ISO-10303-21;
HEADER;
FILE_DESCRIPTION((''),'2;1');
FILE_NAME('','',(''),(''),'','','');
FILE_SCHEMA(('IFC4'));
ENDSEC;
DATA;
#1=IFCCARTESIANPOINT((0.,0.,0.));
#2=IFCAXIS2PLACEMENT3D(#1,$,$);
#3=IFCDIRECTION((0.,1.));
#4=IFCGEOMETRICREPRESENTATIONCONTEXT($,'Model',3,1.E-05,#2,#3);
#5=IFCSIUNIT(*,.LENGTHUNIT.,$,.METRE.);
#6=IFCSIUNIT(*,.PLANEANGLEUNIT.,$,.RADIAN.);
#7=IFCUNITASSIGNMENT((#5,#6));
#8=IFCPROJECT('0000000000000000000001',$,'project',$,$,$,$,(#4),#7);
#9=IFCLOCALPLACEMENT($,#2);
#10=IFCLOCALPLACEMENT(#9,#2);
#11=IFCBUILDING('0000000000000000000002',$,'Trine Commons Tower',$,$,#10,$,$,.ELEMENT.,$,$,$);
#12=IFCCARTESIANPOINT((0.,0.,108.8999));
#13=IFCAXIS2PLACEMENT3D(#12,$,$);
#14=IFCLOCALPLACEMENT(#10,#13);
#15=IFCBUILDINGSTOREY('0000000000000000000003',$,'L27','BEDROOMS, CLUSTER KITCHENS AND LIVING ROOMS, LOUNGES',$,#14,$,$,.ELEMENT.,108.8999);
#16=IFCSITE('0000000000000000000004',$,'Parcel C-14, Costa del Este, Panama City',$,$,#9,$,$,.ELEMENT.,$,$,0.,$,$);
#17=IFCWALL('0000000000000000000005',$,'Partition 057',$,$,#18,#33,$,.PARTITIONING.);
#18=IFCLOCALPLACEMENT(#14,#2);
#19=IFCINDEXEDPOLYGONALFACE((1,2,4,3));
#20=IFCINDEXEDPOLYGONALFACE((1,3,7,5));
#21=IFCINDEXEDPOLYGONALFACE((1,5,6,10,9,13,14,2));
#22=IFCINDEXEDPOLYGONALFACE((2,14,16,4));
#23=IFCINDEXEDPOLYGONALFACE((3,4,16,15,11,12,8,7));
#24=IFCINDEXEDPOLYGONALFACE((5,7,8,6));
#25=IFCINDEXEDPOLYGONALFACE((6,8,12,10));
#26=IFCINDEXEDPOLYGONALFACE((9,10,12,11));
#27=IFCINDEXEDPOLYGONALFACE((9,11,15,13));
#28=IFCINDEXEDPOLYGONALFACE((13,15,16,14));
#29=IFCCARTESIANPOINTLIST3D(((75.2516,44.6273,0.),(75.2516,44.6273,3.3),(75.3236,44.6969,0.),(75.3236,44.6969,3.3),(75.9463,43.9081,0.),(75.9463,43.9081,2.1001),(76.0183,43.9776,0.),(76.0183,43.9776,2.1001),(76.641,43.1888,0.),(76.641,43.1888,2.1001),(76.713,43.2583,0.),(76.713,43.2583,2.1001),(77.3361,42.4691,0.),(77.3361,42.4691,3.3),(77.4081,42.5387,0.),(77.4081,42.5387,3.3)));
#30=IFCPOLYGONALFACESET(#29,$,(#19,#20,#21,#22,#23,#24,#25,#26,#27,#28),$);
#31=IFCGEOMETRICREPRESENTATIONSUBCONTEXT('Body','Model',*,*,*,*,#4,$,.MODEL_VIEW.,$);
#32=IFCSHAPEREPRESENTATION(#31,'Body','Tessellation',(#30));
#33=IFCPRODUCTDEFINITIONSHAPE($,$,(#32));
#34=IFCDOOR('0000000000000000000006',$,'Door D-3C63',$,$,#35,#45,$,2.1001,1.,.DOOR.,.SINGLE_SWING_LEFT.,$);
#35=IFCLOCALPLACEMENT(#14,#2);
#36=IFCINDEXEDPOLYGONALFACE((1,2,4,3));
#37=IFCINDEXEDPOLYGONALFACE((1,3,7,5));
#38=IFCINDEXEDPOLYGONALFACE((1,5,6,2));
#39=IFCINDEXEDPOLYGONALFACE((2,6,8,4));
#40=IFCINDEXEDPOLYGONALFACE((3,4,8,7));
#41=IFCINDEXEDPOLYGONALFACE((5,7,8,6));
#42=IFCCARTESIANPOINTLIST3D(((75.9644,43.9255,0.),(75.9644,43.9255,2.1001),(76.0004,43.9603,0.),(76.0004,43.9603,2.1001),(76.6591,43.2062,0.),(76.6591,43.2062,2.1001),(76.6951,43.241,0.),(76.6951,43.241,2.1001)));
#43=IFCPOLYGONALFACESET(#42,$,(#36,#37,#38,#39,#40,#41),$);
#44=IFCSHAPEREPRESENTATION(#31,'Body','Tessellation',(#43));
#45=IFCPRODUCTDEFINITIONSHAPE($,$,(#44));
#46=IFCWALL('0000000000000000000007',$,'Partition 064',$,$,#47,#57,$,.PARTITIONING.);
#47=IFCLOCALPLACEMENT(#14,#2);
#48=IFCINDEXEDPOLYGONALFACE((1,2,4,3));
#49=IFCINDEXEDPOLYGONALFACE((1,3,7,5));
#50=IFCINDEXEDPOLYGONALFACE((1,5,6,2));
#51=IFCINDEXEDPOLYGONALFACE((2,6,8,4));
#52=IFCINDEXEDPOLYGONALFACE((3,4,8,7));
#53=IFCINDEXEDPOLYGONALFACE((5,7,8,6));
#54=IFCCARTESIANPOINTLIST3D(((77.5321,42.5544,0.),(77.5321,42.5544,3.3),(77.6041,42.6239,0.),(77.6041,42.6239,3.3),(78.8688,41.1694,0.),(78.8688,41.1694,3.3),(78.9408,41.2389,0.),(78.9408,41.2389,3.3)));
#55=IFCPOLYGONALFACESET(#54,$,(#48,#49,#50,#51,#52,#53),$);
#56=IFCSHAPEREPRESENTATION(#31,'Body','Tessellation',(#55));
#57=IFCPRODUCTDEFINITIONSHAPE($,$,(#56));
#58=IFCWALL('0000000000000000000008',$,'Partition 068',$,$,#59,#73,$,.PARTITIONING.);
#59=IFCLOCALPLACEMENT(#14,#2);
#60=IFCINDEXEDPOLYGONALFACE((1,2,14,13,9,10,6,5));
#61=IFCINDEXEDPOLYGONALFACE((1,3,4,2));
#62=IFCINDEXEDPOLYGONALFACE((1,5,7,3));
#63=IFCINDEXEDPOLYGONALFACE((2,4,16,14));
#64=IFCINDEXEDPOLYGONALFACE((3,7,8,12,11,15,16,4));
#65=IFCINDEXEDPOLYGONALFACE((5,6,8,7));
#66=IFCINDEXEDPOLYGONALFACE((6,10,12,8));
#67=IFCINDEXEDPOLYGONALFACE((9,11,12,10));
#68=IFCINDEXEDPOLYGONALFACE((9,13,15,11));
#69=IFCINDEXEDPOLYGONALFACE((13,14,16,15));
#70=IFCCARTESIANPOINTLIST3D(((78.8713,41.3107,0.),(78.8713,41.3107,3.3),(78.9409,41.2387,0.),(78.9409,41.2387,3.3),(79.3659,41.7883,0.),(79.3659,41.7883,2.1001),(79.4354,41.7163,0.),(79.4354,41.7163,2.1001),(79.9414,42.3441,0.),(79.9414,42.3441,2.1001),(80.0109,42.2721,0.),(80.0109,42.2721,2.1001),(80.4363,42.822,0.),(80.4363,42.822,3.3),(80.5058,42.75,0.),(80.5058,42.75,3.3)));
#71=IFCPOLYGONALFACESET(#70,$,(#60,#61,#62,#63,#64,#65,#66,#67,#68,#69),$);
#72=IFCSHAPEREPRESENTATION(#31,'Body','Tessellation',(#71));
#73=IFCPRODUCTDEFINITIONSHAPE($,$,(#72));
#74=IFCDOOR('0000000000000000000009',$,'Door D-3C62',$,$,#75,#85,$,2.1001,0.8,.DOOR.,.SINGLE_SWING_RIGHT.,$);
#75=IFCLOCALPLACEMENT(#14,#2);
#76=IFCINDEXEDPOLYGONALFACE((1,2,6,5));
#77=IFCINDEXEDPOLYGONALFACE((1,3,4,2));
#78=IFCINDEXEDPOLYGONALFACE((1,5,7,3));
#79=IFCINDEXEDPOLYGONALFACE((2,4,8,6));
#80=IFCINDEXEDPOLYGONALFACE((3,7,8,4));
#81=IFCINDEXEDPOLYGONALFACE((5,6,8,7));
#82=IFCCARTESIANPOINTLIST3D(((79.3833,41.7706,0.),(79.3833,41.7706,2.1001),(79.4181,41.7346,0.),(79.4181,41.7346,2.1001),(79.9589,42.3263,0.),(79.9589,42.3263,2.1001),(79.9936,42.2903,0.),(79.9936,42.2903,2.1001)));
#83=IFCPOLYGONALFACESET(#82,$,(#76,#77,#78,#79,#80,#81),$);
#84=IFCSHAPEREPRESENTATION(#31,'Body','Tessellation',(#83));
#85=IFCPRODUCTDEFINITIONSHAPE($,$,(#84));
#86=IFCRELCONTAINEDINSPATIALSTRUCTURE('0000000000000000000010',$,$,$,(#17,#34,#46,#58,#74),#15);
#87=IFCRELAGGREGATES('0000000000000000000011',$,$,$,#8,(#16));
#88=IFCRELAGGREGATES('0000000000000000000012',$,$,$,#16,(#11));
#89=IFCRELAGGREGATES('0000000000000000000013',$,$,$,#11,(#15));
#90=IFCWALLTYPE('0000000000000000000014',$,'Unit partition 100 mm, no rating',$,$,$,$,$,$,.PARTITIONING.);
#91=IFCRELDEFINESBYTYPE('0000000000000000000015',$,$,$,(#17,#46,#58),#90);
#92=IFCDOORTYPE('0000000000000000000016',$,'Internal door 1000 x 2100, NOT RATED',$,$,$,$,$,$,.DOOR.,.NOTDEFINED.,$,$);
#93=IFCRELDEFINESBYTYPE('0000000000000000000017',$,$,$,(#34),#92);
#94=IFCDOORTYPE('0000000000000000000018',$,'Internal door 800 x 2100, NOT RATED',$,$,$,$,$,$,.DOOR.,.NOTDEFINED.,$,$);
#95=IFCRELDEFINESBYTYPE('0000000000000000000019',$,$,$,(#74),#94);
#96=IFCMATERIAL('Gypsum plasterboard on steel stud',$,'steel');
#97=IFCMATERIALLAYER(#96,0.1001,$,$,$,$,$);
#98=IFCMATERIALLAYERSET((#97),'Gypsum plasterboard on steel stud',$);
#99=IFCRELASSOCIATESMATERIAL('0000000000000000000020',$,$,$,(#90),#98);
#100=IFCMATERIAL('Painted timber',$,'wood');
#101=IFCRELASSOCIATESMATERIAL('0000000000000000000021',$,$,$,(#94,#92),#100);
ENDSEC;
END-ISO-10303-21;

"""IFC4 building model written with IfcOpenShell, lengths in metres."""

from ifc_helpers import new_model, si_unit, direction, frame, frame_2d, origin, place, context, subcontext, project, spatial, rectangle, extrude, material, layer, layer_set, type_object, element, fill, save


model = new_model("IFC4")

# Units and contexts
model_context = context("Model", 3, precision=1e-05, world=origin(), true_north=direction((0.0, 1.0)))
body_context = subcontext(model_context, "Body", "Model", "MODEL_VIEW")
ifc_project = project(units=[si_unit("LENGTHUNIT", "METRE"), si_unit("PLANEANGLEUNIT", "RADIAN")], contexts=[model_context])

# Site, building, storey
site_placement = place(None, origin())
site = spatial("IfcSite", under=ifc_project, at=site_placement, Name="Parcel C-14, Costa del Este, Panama City", CompositionType="ELEMENT", RefElevation=0.0)
building_placement = place(site_placement, origin())
building = spatial("IfcBuilding", under=site, at=building_placement, Name="Trine Commons Tower", CompositionType="ELEMENT")
storey_placement = place(building_placement, frame((0.0, 0.0, 108.8999)))
storey = spatial("IfcBuildingStorey", under=building, at=storey_placement, Name="L27", Description="BEDROOMS, CLUSTER KITCHENS AND LIVING ROOMS, LOUNGES", CompositionType="ELEMENT", Elevation=108.8999)

# Shared definitions
ifc_material_1 = material(Name="Gypsum plasterboard on steel stud", Category="steel")

# Shared definitions
ifc_layer_1 = layer(ifc_material_1, 0.1001)
ifc_layer_set_1 = layer_set([ifc_layer_1], Name="Gypsum plasterboard on steel stud")
wall_type_1 = type_object("IfcWallType", Name="Unit partition 100 mm, no rating", PredefinedType="PARTITIONING", material=ifc_layer_set_1)

# Shared definitions
ifc_material_2 = material(Name="Painted timber", Category="wood")
door_type_1 = type_object("IfcDoorType", Name="Internal door 800 x 2100, NOT RATED", OperationType="NOTDEFINED", PredefinedType="DOOR", material=ifc_material_2)

# Wall, opening, door
wall_1_placement = place(storey_placement, frame((75.2876, 44.6621, 0.0), z_axis=(0.0, 0.0, 1.0), x_axis=(0.694714, -0.719286, 0.0)))
wall_1 = element("IfcWall", 1, at=wall_1_placement, inside=storey, type_object=wall_type_1, Name="Partition 057", PredefinedType="PARTITIONING", context=body_context, shape_type="SweptSolid", body=[
    extrude(rectangle(XDim=3.0005, YDim=0.1001, at=frame_2d((1.5002, 0.0))), origin(), (0.0, 0.0, 1.0), 3.3),
])
opening_1_placement = place(wall_1_placement, frame((1.0, 0.0, 0.0)))
opening_1 = element("IfcOpeningElement", 2, at=opening_1_placement, cuts=wall_1, PredefinedType="OPENING", context=body_context, shape_type="SweptSolid", body=[
    extrude(rectangle(XDim=1.0, YDim=2.1001, at=frame_2d((0.5, 1.05))), frame((0.0, 0.0601, 0.0), z_axis=(0.0, -1.0, 0.0), x_axis=(1.0, 0.0, 0.0)), (0.0, 0.0, 1.0), 0.1201),
])
door_type_2 = type_object("IfcDoorType", Name="Internal door 1000 x 2100, NOT RATED", OperationType="NOTDEFINED", PredefinedType="DOOR", material=ifc_material_2)
door_1_placement = place(opening_1_placement, frame((1.0, 0.0, 0.0), z_axis=(0.0, 0.0, 1.0), x_axis=(-1.0, 0.0, 0.0)))
door_1 = element("IfcDoor", 3, at=door_1_placement, inside=storey, type_object=door_type_2, Name="Door D-3C63", OperationType="SINGLE_SWING_LEFT", OverallHeight=2.1001, OverallWidth=1.0, PredefinedType="DOOR", context=body_context, shape_type="SweptSolid", body=[
    extrude(rectangle(XDim=1.0, YDim=2.1001, at=frame_2d((0.5, 1.05))), frame((0.0, 0.0249, 0.0), z_axis=(0.0, -1.0, 0.0), x_axis=(1.0, 0.0, 0.0)), (0.0, 0.0, 1.0), 0.05),
])
fill(opening_1, door_1)

# Wall
wall_2_placement = place(storey_placement, frame((77.5681, 42.5891, 0.0), z_axis=(0.0, 0.0, 1.0), x_axis=(0.694438, -0.719552, 0.0)))
element("IfcWall", 4, at=wall_2_placement, inside=storey, type_object=wall_type_1, Name="Partition 064", PredefinedType="PARTITIONING", context=body_context, shape_type="SweptSolid", body=[
    extrude(rectangle(XDim=1.9248, YDim=0.1001, at=frame_2d((0.9624, 0.0))), origin(), (0.0, 0.0, 1.0), 3.3),
])

# Wall, opening, door
wall_3_placement = place(storey_placement, frame((78.906, 41.2747, 0.0), z_axis=(0.0, 0.0, 1.0), x_axis=(0.719343, 0.694655, 0.0)))
wall_3 = element("IfcWall", 5, at=wall_3_placement, inside=storey, type_object=wall_type_1, Name="Partition 068", PredefinedType="PARTITIONING", context=body_context, shape_type="SweptSolid", body=[
    extrude(rectangle(XDim=2.1755, YDim=0.1001, at=frame_2d((1.0879, 0.0))), origin(), (0.0, 0.0, 1.0), 3.3),
])
opening_2_placement = place(wall_3_placement, frame((0.6877, 0.0, 0.0)))
opening_2 = element("IfcOpeningElement", 6, at=opening_2_placement, cuts=wall_3, PredefinedType="OPENING", context=body_context, shape_type="SweptSolid", body=[
    extrude(rectangle(XDim=0.8, YDim=2.1001, at=frame_2d((0.3999, 1.05))), frame((0.0, 0.0601, 0.0), z_axis=(0.0, -1.0, 0.0), x_axis=(1.0, 0.0, 0.0)), (0.0, 0.0, 1.0), 0.1201),
])
door_2_placement = place(opening_2_placement, frame((0.8, 0.0, 0.0), z_axis=(0.0, 0.0, 1.0), x_axis=(-1.0, 0.0, 0.0)))
door_2 = element("IfcDoor", 7, at=door_2_placement, inside=storey, type_object=door_type_1, Name="Door D-3C62", OperationType="SINGLE_SWING_RIGHT", OverallHeight=2.1001, OverallWidth=0.8, PredefinedType="DOOR", context=body_context, shape_type="SweptSolid", body=[
    extrude(rectangle(XDim=0.8, YDim=2.1001, at=frame_2d((0.3999, 1.05))), frame((0.0, 0.0249, 0.0), z_axis=(0.0, -1.0, 0.0), x_axis=(1.0, 0.0, 0.0)), (0.0, 0.0, 1.0), 0.05),
])
fill(opening_2, door_2)

save(model, "model.ifc")
